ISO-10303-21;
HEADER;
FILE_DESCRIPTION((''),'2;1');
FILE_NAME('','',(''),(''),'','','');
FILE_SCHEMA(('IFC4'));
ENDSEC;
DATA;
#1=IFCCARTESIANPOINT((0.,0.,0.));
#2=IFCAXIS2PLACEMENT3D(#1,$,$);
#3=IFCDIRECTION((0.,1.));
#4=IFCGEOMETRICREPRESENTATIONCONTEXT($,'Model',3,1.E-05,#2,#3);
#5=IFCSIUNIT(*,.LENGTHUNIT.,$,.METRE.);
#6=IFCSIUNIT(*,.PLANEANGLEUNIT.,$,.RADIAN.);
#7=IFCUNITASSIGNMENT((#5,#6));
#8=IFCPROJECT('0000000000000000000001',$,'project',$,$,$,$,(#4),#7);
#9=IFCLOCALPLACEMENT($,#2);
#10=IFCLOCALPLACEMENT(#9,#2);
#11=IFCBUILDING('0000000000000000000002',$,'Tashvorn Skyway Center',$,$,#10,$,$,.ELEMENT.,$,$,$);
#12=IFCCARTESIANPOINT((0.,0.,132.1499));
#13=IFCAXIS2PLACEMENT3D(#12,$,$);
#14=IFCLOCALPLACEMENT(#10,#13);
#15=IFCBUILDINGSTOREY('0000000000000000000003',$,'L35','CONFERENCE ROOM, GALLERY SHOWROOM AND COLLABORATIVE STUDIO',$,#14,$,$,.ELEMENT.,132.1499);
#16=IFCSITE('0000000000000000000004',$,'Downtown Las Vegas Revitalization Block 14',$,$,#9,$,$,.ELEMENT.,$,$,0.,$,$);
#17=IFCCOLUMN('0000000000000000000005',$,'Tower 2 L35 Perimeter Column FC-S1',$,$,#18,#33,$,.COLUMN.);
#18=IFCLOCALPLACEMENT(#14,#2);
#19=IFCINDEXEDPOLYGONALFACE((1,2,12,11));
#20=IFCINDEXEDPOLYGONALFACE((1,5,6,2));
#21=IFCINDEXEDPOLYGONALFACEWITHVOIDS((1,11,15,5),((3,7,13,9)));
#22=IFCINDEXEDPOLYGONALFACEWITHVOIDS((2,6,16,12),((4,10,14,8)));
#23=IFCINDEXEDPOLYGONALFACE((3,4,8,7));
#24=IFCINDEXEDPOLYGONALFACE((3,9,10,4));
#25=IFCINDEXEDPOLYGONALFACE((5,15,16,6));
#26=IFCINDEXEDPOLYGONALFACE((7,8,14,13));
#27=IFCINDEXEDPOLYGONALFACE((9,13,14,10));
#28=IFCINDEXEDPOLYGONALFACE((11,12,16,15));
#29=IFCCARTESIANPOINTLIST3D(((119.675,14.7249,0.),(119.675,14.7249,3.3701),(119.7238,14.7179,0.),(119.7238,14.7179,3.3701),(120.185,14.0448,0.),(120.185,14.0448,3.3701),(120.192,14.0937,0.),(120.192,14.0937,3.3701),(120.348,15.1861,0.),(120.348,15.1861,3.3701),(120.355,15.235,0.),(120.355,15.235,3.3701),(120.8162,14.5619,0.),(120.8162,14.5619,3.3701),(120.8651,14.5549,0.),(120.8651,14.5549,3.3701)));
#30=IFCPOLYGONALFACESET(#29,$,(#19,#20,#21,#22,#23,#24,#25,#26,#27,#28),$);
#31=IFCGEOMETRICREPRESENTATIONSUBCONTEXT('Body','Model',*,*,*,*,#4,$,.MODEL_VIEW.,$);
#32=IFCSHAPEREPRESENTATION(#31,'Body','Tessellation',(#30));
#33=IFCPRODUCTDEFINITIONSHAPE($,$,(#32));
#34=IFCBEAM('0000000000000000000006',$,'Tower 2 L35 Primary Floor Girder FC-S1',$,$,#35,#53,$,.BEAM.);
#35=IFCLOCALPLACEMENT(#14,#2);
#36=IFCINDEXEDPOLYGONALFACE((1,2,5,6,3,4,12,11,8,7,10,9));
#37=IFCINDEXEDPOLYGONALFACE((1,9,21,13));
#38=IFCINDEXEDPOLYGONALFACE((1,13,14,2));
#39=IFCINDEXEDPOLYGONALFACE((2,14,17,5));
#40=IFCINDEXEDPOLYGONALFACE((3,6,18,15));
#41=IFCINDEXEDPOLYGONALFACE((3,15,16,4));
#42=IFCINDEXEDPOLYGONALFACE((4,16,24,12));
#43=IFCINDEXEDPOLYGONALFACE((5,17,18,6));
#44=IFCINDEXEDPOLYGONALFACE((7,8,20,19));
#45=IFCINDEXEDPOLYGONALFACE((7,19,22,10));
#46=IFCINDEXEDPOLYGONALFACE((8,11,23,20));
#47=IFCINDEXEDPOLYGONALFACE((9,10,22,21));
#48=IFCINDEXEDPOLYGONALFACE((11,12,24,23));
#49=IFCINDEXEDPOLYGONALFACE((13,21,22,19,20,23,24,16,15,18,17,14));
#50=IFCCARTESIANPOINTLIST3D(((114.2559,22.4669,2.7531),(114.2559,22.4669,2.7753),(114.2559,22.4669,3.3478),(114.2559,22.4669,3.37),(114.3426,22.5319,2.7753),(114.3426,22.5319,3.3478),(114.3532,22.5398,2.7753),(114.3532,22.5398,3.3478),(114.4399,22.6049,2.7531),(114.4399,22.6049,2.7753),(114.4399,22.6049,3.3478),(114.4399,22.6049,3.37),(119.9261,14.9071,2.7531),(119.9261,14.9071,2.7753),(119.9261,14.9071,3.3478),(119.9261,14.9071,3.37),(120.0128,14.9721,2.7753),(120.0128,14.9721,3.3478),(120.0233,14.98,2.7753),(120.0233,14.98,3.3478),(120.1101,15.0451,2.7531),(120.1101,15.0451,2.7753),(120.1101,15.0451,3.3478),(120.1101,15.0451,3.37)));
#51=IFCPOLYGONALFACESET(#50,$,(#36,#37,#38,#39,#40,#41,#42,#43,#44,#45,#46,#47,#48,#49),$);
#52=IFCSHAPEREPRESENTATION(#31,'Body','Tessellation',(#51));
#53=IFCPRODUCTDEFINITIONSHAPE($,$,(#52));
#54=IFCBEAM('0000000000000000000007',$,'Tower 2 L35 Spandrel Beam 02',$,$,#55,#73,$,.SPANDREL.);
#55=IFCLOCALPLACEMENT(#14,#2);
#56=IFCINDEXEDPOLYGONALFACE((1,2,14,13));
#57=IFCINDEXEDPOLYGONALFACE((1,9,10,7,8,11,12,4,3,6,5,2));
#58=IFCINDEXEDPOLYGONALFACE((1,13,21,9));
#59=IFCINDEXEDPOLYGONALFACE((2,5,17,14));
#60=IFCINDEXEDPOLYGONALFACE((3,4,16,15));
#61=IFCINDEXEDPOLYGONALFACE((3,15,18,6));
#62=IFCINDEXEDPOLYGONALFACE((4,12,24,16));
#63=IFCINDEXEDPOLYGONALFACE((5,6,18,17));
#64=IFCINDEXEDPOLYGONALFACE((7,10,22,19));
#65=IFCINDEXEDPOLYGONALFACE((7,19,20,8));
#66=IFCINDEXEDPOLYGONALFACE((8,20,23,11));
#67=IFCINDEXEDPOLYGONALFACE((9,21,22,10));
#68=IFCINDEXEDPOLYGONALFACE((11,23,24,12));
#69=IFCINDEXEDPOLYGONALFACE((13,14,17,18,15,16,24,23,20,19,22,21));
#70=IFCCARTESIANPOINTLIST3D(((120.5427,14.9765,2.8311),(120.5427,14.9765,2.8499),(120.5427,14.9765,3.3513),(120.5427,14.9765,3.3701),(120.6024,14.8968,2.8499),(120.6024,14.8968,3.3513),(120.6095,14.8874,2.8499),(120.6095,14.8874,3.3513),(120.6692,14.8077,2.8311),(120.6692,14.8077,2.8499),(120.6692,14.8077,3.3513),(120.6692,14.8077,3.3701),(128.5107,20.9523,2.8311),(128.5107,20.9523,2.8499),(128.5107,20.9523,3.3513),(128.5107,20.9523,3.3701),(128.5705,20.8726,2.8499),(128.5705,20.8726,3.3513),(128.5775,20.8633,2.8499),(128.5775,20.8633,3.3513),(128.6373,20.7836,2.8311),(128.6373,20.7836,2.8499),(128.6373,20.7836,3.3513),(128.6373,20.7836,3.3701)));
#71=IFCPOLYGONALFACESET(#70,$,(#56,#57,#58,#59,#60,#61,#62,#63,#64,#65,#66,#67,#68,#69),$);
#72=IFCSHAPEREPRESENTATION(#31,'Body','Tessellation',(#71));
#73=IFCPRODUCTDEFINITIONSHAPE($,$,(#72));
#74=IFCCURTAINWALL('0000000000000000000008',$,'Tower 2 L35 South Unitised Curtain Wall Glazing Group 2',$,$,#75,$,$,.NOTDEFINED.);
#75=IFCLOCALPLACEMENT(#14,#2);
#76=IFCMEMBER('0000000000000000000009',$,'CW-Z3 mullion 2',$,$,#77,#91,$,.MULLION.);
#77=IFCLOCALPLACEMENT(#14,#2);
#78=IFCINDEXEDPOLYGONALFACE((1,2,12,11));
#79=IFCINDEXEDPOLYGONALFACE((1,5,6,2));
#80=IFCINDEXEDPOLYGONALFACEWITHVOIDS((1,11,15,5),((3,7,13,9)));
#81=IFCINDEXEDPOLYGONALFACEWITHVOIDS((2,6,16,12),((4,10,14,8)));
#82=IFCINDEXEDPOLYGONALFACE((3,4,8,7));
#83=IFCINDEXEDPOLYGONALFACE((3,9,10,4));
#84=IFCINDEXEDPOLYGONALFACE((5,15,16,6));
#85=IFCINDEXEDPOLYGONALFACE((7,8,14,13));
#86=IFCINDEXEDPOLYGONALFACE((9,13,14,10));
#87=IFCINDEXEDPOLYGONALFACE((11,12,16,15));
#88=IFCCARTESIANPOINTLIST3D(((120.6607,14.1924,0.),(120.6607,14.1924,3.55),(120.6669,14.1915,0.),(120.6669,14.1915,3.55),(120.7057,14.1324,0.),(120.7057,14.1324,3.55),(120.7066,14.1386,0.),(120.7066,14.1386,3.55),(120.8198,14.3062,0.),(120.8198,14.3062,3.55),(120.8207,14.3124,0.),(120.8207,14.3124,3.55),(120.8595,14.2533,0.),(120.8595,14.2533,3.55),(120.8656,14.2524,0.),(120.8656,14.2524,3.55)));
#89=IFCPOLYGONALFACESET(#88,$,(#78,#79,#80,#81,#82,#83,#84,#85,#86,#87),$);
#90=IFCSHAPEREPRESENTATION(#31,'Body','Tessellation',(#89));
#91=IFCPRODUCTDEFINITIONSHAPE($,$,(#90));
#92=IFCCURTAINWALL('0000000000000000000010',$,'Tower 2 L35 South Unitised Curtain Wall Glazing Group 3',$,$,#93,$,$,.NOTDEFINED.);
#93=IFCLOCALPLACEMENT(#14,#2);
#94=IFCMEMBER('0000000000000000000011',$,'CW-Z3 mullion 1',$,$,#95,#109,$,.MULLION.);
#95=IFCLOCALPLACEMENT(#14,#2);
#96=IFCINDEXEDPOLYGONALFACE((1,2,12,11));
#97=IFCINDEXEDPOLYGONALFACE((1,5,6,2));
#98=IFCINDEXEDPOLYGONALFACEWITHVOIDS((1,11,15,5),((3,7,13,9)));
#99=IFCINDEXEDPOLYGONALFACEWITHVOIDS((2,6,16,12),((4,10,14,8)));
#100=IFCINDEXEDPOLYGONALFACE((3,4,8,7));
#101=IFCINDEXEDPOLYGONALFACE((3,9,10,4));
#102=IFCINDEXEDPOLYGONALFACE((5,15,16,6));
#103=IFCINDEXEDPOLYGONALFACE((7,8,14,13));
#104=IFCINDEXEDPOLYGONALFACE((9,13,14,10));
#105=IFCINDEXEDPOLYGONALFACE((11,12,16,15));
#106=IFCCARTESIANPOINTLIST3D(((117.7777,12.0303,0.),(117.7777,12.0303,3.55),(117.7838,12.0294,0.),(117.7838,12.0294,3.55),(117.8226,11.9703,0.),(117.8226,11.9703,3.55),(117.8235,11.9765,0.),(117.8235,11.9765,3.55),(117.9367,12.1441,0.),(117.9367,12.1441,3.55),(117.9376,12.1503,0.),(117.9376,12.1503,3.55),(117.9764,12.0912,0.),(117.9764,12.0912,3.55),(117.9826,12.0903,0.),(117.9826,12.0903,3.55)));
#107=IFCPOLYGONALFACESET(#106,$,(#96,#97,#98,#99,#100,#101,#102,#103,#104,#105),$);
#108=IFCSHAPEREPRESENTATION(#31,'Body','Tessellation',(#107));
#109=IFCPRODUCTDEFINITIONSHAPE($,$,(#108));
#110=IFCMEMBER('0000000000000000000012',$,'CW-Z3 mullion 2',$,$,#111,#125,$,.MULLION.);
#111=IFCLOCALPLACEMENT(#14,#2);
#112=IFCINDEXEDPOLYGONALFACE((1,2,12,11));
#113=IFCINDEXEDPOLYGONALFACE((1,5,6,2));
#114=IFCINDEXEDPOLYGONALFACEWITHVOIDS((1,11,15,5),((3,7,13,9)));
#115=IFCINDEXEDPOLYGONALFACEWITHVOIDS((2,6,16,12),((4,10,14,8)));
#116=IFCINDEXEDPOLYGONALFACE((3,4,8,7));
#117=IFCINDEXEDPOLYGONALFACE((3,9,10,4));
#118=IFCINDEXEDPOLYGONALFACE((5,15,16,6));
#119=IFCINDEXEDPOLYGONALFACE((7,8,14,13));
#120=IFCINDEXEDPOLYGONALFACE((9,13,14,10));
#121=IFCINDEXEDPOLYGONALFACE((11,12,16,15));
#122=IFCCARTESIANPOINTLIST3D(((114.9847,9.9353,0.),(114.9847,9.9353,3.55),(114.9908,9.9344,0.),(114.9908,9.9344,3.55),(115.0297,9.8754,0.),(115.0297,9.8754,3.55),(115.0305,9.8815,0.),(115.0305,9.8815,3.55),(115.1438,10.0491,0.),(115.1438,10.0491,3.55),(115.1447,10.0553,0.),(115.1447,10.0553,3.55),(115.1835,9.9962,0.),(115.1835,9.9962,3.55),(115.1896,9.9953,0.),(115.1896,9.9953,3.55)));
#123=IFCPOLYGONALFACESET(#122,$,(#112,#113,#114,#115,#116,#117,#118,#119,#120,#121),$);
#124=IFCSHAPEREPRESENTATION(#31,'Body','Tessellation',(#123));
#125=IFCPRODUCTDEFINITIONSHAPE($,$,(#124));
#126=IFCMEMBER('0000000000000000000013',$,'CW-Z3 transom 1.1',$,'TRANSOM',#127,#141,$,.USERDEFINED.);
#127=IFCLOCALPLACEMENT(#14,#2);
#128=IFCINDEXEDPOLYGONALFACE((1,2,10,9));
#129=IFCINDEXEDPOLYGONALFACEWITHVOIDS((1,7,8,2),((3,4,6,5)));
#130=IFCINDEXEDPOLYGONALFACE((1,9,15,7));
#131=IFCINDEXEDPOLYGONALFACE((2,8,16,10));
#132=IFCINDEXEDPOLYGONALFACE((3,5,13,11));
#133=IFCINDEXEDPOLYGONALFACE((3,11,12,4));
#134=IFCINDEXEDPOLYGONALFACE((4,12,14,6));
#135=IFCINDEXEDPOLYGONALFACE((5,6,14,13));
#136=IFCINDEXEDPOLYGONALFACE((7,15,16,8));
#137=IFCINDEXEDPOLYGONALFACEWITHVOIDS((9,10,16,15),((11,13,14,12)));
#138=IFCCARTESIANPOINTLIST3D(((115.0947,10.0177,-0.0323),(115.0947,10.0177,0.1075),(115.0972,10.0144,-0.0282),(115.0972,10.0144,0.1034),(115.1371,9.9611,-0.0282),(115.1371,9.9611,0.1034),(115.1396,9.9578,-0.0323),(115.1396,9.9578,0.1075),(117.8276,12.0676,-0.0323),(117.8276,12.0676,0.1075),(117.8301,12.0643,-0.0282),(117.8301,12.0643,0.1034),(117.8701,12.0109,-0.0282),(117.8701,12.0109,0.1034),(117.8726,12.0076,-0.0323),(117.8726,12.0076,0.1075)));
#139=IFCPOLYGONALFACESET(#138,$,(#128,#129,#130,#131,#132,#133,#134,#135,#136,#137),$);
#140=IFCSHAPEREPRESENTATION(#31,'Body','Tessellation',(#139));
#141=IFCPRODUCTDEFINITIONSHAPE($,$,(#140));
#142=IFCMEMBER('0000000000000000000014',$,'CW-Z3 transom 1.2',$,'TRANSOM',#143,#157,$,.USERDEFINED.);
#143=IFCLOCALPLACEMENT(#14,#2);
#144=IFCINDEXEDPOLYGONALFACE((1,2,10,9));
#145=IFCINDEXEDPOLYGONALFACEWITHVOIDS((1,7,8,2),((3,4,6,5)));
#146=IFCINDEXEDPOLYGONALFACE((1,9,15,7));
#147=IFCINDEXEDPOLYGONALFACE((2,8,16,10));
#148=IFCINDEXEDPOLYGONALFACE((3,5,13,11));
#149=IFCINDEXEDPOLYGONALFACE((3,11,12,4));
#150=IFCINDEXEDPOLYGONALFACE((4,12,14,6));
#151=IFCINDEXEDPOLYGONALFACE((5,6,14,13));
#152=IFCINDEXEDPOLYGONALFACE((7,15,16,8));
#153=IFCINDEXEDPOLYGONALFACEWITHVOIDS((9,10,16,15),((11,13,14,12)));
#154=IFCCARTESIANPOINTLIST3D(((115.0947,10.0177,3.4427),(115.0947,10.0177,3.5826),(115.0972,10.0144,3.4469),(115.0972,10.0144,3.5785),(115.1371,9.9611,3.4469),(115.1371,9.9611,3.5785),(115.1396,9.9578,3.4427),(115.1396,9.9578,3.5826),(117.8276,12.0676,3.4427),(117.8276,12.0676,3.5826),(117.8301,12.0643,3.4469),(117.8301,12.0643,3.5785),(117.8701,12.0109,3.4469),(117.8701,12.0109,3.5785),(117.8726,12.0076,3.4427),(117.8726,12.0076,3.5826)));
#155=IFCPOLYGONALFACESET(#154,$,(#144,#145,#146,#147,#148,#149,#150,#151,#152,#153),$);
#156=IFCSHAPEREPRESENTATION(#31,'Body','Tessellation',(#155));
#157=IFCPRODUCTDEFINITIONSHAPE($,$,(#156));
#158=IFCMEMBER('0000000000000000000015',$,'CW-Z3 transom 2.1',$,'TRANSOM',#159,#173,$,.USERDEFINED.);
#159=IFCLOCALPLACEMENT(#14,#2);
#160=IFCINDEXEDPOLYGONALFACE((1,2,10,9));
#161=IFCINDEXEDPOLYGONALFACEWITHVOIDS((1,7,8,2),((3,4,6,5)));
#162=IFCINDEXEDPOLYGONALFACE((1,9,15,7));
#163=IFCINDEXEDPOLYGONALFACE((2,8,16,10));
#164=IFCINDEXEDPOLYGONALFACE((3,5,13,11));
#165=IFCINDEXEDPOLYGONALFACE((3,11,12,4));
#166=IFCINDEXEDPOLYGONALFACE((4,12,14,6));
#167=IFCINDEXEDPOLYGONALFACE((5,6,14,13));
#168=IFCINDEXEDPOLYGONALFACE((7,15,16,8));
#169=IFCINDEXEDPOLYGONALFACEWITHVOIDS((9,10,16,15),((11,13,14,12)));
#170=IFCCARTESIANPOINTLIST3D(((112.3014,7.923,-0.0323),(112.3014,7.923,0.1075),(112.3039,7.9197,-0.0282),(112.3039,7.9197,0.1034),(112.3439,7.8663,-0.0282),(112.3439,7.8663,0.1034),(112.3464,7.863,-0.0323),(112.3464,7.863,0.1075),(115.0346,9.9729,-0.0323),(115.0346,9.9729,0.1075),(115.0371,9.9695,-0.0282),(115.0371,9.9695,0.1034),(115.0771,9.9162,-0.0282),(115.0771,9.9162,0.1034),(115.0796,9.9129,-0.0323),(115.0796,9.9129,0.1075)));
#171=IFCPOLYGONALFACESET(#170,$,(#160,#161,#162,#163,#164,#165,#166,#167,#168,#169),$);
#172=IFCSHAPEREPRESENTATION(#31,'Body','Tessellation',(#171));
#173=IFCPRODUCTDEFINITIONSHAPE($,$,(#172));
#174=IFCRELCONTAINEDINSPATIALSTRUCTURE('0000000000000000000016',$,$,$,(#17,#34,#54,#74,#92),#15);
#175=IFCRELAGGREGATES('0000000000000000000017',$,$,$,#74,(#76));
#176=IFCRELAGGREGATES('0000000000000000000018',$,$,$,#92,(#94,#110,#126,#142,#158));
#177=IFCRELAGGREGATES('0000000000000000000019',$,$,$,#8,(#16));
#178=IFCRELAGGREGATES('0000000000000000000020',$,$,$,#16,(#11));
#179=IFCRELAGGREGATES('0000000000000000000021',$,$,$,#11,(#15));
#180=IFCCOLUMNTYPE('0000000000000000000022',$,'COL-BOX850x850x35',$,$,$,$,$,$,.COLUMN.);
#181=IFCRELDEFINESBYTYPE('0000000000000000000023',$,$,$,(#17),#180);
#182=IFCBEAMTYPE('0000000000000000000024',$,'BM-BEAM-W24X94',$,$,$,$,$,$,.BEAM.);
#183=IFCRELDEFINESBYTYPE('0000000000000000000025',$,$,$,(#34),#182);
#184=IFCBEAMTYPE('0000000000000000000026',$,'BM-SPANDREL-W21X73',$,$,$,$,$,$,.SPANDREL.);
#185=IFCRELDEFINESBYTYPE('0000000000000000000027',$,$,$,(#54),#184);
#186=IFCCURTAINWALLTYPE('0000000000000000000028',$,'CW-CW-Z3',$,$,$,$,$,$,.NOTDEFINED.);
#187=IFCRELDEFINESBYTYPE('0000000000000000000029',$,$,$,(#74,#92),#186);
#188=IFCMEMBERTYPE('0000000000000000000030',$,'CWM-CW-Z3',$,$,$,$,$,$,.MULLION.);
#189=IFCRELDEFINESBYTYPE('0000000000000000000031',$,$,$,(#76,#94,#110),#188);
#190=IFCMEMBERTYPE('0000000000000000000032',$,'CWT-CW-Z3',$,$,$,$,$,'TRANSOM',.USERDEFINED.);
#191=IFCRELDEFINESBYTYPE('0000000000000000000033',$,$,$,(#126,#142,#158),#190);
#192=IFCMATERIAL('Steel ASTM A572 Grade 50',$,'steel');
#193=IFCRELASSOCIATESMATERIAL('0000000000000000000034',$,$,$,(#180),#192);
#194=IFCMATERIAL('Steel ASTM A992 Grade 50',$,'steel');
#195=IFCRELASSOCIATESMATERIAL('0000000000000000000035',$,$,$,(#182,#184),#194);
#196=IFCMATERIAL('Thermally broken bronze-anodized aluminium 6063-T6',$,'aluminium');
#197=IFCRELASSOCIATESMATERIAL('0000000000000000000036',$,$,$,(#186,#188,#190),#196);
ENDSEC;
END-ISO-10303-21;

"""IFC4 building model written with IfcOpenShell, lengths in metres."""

from ifc_helpers import new_model, si_unit, direction, frame, origin, origin_2d, place, context, subcontext, project, spatial, hollow_rectangle, i_section, extrude, material, material_profile, profile_set, type_object, element, aggregate, save


model = new_model("IFC4")

# Units and contexts
model_context = context("Model", 3, precision=1e-05, world=origin(), true_north=direction((0.0, 1.0)))
body_context = subcontext(model_context, "Body", "Model", "MODEL_VIEW")
ifc_project = project(units=[si_unit("LENGTHUNIT", "METRE"), si_unit("PLANEANGLEUNIT", "RADIAN")], contexts=[model_context])

# Site, building, storey
site_placement = place(None, origin())
site = spatial("IfcSite", under=ifc_project, at=site_placement, Name="Downtown Las Vegas Revitalization Block 14", CompositionType="ELEMENT", RefElevation=0.0)
building_placement = place(site_placement, origin())
building = spatial("IfcBuilding", under=site, at=building_placement, Name="Tashvorn Skyway Center", CompositionType="ELEMENT")
storey_placement = place(building_placement, frame((0.0, 0.0, 132.1499)))
storey = spatial("IfcBuildingStorey", under=building, at=storey_placement, Name="L35", Description="CONFERENCE ROOM, GALLERY SHOWROOM AND COLLABORATIVE STUDIO", CompositionType="ELEMENT", Elevation=132.1499)

# Column
ifc_material_1 = material(Name="Steel ASTM A572 Grade 50", Category="steel")
ifc_material_profile_1 = material_profile(ifc_material_1, hollow_rectangle(XDim=0.8501, YDim=0.8501, WallThickness=0.0349, at=origin_2d()), Name="BOX850x850x35")
ifc_profile_set_1 = profile_set([ifc_material_profile_1], Name="Steel ASTM A572 Grade 50")
column_type = type_object("IfcColumnType", Name="COL-BOX850x850x35", PredefinedType="COLUMN", material=ifc_profile_set_1)
column_placement = place(storey_placement, frame((120.27, 14.6399, 0.0), z_axis=(0.0, 0.0, 1.0), x_axis=(0.8, 0.6, 0.0)))
element("IfcColumn", 1, at=column_placement, inside=storey, type_object=column_type, Name="Tower 2 L35 Perimeter Column FC-S1", PredefinedType="COLUMN", context=body_context, shape_type="SweptSolid", body=[
    extrude(hollow_rectangle(XDim=0.8501, YDim=0.8501, WallThickness=0.0349, at=origin_2d()), origin(), (0.0, 0.0, 1.0), 3.3701),
])

# Beams
ifc_material_2 = material(Name="Steel ASTM A992 Grade 50", Category="steel")
ifc_material_profile_2 = material_profile(ifc_material_2, i_section(OverallWidth=0.23, OverallDepth=0.6169, WebThickness=0.0132, FlangeThickness=0.0222, at=origin_2d()), Name="W24X94")
ifc_profile_set_2 = profile_set([ifc_material_profile_2], Name="Steel ASTM A992 Grade 50")
beam_type_1 = type_object("IfcBeamType", Name="BM-BEAM-W24X94", PredefinedType="BEAM", material=ifc_profile_set_2)
beam_1_placement = place(storey_placement, frame((120.0181, 14.9761, 3.0615), z_axis=(-0.600021, 0.799984, 0.0), x_axis=(-0.799984, -0.600021, 0.0)))
element("IfcBeam", 2, at=beam_1_placement, inside=storey, type_object=beam_type_1, Name="Tower 2 L35 Primary Floor Girder FC-S1", PredefinedType="BEAM", context=body_context, shape_type="SweptSolid", body=[
    extrude(i_section(OverallWidth=0.23, OverallDepth=0.6169, WebThickness=0.0132, FlangeThickness=0.0222, at=origin_2d()), origin(), (0.0, 0.0, 1.0), 9.45),
])
ifc_material_profile_3 = material_profile(ifc_material_2, i_section(OverallWidth=0.2109, OverallDepth=0.5391, WebThickness=0.0117, FlangeThickness=0.0188, at=origin_2d()), Name="W21X73")
ifc_profile_set_3 = profile_set([ifc_material_profile_3], Name="Steel ASTM A992 Grade 50")
beam_type_2 = type_object("IfcBeamType", Name="BM-SPANDREL-W21X73", PredefinedType="SPANDREL", material=ifc_profile_set_3)
beam_2_placement = place(storey_placement, frame((120.606, 14.8921, 3.1006), z_axis=(0.800009, 0.599988, 0.0), x_axis=(-0.599988, 0.800009, 0.0)))
element("IfcBeam", 3, at=beam_2_placement, inside=storey, type_object=beam_type_2, Name="Tower 2 L35 Spandrel Beam 02", PredefinedType="SPANDREL", context=body_context, shape_type="SweptSolid", body=[
    extrude(i_section(OverallWidth=0.2109, OverallDepth=0.5391, WebThickness=0.0117, FlangeThickness=0.0188, at=origin_2d()), origin(), (0.0, 0.0, 1.0), 9.96),
])

# Curtain wall, member
ifc_material_3 = material(Name="Thermally broken bronze-anodized aluminium 6063-T6", Category="aluminium")
curtain_wall_type = type_object("IfcCurtainWallType", Name="CW-CW-Z3", PredefinedType="NOTDEFINED", material=ifc_material_3)
curtain_wall_1_placement = place(storey_placement, origin())
curtain_wall_1 = element("IfcCurtainWall", 4, at=curtain_wall_1_placement, inside=storey, type_object=curtain_wall_type, Name="Tower 2 L35 South Unitised Curtain Wall Glazing Group 2", PredefinedType="NOTDEFINED")
ifc_material_profile_4 = material_profile(ifc_material_3, hollow_rectangle(XDim=0.075, YDim=0.2, WallThickness=0.0044, at=origin_2d()), Name="ALU-MULL-75x200")
ifc_profile_set_4 = profile_set([ifc_material_profile_4], Name="Thermally broken bronze-anodized aluminium 6063-T6")
member_type_1 = type_object("IfcMemberType", Name="CWM-CW-Z3", PredefinedType="MULLION", material=ifc_profile_set_4)
member_1_placement = place(storey_placement, frame((120.7632, 14.2224, 0.0), z_axis=(0.0, 0.0, 1.0), x_axis=(0.599997, -0.800002, 0.0)))
member_1 = element("IfcMember", 5, at=member_1_placement, type_object=member_type_1, Name="CW-Z3 mullion 2", PredefinedType="MULLION", context=body_context, shape_type="SweptSolid", body=[
    extrude(hollow_rectangle(XDim=0.075, YDim=0.2, WallThickness=0.0044, at=origin_2d()), origin(), (0.0, 0.0, 1.0), 3.55),
])
aggregate(curtain_wall_1, [member_1])

# Curtain wall, members
curtain_wall_2_placement = place(storey_placement, origin())
curtain_wall_2 = element("IfcCurtainWall", 6, at=curtain_wall_2_placement, inside=storey, type_object=curtain_wall_type, Name="Tower 2 L35 South Unitised Curtain Wall Glazing Group 3", PredefinedType="NOTDEFINED")
member_2_placement = place(storey_placement, frame((117.8801, 12.0603, 0.0), z_axis=(0.0, 0.0, 1.0), x_axis=(0.600005, -0.799997, 0.0)))
member_2 = element("IfcMember", 7, at=member_2_placement, type_object=member_type_1, Name="CW-Z3 mullion 1", PredefinedType="MULLION", context=body_context, shape_type="SweptSolid", body=[
    extrude(hollow_rectangle(XDim=0.075, YDim=0.2, WallThickness=0.0044, at=origin_2d()), origin(), (0.0, 0.0, 1.0), 3.55),
])
member_3_placement = place(storey_placement, frame((115.0872, 9.9653, 0.0), z_axis=(0.0, 0.0, 1.0), x_axis=(0.600005, -0.799997, 0.0)))
member_3 = element("IfcMember", 8, at=member_3_placement, type_object=member_type_1, Name="CW-Z3 mullion 2", PredefinedType="MULLION", context=body_context, shape_type="SweptSolid", body=[
    extrude(hollow_rectangle(XDim=0.075, YDim=0.2, WallThickness=0.0044, at=origin_2d()), origin(), (0.0, 0.0, 1.0), 3.55),
])
ifc_material_profile_5 = material_profile(ifc_material_3, hollow_rectangle(XDim=0.075, YDim=0.1399, WallThickness=0.0042, at=origin_2d()), Name="ALU-TRAN-75x140")
ifc_profile_set_5 = profile_set([ifc_material_profile_5], Name="Thermally broken bronze-anodized aluminium 6063-T6")
member_type_2 = type_object("IfcMemberType", Name="CWT-CW-Z3", ElementType="TRANSOM", PredefinedType="USERDEFINED", material=ifc_profile_set_5)
member_4_placement = place(storey_placement, frame((117.8501, 12.0376, 0.0376), z_axis=(-0.799983, -0.600023, 0.0), x_axis=(0.600023, -0.799983, 0.0)))
member_4 = element("IfcMember", 9, at=member_4_placement, type_object=member_type_2, Name="CW-Z3 transom 1.1", ObjectType="TRANSOM", PredefinedType="USERDEFINED", context=body_context, shape_type="SweptSolid", body=[
    extrude(hollow_rectangle(XDim=0.075, YDim=0.1399, WallThickness=0.0042, at=origin_2d()), origin(), (0.0, 0.0, 1.0), 3.4163),
])
member_5_placement = place(storey_placement, frame((117.8501, 12.0376, 3.5127), z_axis=(-0.799983, -0.600023, 0.0), x_axis=(0.600023, -0.799983, 0.0)))
member_5 = element("IfcMember", 10, at=member_5_placement, type_object=member_type_2, Name="CW-Z3 transom 1.2", ObjectType="TRANSOM", PredefinedType="USERDEFINED", context=body_context, shape_type="SweptSolid", body=[
    extrude(hollow_rectangle(XDim=0.075, YDim=0.1399, WallThickness=0.0042, at=origin_2d()), origin(), (0.0, 0.0, 1.0), 3.4163),
])
member_6_placement = place(storey_placement, frame((115.0571, 9.9429, 0.0376), z_axis=(-0.800009, -0.599989, 0.0), x_axis=(0.599989, -0.800009, 0.0)))
member_6 = element("IfcMember", 11, at=member_6_placement, type_object=member_type_2, Name="CW-Z3 transom 2.1", ObjectType="TRANSOM", PredefinedType="USERDEFINED", context=body_context, shape_type="SweptSolid", body=[
    extrude(hollow_rectangle(XDim=0.075, YDim=0.1399, WallThickness=0.0042, at=origin_2d()), origin(), (0.0, 0.0, 1.0), 3.4165),
])
aggregate(curtain_wall_2, [member_2, member_3, member_4, member_5, member_6])

save(model, "model.ifc")
